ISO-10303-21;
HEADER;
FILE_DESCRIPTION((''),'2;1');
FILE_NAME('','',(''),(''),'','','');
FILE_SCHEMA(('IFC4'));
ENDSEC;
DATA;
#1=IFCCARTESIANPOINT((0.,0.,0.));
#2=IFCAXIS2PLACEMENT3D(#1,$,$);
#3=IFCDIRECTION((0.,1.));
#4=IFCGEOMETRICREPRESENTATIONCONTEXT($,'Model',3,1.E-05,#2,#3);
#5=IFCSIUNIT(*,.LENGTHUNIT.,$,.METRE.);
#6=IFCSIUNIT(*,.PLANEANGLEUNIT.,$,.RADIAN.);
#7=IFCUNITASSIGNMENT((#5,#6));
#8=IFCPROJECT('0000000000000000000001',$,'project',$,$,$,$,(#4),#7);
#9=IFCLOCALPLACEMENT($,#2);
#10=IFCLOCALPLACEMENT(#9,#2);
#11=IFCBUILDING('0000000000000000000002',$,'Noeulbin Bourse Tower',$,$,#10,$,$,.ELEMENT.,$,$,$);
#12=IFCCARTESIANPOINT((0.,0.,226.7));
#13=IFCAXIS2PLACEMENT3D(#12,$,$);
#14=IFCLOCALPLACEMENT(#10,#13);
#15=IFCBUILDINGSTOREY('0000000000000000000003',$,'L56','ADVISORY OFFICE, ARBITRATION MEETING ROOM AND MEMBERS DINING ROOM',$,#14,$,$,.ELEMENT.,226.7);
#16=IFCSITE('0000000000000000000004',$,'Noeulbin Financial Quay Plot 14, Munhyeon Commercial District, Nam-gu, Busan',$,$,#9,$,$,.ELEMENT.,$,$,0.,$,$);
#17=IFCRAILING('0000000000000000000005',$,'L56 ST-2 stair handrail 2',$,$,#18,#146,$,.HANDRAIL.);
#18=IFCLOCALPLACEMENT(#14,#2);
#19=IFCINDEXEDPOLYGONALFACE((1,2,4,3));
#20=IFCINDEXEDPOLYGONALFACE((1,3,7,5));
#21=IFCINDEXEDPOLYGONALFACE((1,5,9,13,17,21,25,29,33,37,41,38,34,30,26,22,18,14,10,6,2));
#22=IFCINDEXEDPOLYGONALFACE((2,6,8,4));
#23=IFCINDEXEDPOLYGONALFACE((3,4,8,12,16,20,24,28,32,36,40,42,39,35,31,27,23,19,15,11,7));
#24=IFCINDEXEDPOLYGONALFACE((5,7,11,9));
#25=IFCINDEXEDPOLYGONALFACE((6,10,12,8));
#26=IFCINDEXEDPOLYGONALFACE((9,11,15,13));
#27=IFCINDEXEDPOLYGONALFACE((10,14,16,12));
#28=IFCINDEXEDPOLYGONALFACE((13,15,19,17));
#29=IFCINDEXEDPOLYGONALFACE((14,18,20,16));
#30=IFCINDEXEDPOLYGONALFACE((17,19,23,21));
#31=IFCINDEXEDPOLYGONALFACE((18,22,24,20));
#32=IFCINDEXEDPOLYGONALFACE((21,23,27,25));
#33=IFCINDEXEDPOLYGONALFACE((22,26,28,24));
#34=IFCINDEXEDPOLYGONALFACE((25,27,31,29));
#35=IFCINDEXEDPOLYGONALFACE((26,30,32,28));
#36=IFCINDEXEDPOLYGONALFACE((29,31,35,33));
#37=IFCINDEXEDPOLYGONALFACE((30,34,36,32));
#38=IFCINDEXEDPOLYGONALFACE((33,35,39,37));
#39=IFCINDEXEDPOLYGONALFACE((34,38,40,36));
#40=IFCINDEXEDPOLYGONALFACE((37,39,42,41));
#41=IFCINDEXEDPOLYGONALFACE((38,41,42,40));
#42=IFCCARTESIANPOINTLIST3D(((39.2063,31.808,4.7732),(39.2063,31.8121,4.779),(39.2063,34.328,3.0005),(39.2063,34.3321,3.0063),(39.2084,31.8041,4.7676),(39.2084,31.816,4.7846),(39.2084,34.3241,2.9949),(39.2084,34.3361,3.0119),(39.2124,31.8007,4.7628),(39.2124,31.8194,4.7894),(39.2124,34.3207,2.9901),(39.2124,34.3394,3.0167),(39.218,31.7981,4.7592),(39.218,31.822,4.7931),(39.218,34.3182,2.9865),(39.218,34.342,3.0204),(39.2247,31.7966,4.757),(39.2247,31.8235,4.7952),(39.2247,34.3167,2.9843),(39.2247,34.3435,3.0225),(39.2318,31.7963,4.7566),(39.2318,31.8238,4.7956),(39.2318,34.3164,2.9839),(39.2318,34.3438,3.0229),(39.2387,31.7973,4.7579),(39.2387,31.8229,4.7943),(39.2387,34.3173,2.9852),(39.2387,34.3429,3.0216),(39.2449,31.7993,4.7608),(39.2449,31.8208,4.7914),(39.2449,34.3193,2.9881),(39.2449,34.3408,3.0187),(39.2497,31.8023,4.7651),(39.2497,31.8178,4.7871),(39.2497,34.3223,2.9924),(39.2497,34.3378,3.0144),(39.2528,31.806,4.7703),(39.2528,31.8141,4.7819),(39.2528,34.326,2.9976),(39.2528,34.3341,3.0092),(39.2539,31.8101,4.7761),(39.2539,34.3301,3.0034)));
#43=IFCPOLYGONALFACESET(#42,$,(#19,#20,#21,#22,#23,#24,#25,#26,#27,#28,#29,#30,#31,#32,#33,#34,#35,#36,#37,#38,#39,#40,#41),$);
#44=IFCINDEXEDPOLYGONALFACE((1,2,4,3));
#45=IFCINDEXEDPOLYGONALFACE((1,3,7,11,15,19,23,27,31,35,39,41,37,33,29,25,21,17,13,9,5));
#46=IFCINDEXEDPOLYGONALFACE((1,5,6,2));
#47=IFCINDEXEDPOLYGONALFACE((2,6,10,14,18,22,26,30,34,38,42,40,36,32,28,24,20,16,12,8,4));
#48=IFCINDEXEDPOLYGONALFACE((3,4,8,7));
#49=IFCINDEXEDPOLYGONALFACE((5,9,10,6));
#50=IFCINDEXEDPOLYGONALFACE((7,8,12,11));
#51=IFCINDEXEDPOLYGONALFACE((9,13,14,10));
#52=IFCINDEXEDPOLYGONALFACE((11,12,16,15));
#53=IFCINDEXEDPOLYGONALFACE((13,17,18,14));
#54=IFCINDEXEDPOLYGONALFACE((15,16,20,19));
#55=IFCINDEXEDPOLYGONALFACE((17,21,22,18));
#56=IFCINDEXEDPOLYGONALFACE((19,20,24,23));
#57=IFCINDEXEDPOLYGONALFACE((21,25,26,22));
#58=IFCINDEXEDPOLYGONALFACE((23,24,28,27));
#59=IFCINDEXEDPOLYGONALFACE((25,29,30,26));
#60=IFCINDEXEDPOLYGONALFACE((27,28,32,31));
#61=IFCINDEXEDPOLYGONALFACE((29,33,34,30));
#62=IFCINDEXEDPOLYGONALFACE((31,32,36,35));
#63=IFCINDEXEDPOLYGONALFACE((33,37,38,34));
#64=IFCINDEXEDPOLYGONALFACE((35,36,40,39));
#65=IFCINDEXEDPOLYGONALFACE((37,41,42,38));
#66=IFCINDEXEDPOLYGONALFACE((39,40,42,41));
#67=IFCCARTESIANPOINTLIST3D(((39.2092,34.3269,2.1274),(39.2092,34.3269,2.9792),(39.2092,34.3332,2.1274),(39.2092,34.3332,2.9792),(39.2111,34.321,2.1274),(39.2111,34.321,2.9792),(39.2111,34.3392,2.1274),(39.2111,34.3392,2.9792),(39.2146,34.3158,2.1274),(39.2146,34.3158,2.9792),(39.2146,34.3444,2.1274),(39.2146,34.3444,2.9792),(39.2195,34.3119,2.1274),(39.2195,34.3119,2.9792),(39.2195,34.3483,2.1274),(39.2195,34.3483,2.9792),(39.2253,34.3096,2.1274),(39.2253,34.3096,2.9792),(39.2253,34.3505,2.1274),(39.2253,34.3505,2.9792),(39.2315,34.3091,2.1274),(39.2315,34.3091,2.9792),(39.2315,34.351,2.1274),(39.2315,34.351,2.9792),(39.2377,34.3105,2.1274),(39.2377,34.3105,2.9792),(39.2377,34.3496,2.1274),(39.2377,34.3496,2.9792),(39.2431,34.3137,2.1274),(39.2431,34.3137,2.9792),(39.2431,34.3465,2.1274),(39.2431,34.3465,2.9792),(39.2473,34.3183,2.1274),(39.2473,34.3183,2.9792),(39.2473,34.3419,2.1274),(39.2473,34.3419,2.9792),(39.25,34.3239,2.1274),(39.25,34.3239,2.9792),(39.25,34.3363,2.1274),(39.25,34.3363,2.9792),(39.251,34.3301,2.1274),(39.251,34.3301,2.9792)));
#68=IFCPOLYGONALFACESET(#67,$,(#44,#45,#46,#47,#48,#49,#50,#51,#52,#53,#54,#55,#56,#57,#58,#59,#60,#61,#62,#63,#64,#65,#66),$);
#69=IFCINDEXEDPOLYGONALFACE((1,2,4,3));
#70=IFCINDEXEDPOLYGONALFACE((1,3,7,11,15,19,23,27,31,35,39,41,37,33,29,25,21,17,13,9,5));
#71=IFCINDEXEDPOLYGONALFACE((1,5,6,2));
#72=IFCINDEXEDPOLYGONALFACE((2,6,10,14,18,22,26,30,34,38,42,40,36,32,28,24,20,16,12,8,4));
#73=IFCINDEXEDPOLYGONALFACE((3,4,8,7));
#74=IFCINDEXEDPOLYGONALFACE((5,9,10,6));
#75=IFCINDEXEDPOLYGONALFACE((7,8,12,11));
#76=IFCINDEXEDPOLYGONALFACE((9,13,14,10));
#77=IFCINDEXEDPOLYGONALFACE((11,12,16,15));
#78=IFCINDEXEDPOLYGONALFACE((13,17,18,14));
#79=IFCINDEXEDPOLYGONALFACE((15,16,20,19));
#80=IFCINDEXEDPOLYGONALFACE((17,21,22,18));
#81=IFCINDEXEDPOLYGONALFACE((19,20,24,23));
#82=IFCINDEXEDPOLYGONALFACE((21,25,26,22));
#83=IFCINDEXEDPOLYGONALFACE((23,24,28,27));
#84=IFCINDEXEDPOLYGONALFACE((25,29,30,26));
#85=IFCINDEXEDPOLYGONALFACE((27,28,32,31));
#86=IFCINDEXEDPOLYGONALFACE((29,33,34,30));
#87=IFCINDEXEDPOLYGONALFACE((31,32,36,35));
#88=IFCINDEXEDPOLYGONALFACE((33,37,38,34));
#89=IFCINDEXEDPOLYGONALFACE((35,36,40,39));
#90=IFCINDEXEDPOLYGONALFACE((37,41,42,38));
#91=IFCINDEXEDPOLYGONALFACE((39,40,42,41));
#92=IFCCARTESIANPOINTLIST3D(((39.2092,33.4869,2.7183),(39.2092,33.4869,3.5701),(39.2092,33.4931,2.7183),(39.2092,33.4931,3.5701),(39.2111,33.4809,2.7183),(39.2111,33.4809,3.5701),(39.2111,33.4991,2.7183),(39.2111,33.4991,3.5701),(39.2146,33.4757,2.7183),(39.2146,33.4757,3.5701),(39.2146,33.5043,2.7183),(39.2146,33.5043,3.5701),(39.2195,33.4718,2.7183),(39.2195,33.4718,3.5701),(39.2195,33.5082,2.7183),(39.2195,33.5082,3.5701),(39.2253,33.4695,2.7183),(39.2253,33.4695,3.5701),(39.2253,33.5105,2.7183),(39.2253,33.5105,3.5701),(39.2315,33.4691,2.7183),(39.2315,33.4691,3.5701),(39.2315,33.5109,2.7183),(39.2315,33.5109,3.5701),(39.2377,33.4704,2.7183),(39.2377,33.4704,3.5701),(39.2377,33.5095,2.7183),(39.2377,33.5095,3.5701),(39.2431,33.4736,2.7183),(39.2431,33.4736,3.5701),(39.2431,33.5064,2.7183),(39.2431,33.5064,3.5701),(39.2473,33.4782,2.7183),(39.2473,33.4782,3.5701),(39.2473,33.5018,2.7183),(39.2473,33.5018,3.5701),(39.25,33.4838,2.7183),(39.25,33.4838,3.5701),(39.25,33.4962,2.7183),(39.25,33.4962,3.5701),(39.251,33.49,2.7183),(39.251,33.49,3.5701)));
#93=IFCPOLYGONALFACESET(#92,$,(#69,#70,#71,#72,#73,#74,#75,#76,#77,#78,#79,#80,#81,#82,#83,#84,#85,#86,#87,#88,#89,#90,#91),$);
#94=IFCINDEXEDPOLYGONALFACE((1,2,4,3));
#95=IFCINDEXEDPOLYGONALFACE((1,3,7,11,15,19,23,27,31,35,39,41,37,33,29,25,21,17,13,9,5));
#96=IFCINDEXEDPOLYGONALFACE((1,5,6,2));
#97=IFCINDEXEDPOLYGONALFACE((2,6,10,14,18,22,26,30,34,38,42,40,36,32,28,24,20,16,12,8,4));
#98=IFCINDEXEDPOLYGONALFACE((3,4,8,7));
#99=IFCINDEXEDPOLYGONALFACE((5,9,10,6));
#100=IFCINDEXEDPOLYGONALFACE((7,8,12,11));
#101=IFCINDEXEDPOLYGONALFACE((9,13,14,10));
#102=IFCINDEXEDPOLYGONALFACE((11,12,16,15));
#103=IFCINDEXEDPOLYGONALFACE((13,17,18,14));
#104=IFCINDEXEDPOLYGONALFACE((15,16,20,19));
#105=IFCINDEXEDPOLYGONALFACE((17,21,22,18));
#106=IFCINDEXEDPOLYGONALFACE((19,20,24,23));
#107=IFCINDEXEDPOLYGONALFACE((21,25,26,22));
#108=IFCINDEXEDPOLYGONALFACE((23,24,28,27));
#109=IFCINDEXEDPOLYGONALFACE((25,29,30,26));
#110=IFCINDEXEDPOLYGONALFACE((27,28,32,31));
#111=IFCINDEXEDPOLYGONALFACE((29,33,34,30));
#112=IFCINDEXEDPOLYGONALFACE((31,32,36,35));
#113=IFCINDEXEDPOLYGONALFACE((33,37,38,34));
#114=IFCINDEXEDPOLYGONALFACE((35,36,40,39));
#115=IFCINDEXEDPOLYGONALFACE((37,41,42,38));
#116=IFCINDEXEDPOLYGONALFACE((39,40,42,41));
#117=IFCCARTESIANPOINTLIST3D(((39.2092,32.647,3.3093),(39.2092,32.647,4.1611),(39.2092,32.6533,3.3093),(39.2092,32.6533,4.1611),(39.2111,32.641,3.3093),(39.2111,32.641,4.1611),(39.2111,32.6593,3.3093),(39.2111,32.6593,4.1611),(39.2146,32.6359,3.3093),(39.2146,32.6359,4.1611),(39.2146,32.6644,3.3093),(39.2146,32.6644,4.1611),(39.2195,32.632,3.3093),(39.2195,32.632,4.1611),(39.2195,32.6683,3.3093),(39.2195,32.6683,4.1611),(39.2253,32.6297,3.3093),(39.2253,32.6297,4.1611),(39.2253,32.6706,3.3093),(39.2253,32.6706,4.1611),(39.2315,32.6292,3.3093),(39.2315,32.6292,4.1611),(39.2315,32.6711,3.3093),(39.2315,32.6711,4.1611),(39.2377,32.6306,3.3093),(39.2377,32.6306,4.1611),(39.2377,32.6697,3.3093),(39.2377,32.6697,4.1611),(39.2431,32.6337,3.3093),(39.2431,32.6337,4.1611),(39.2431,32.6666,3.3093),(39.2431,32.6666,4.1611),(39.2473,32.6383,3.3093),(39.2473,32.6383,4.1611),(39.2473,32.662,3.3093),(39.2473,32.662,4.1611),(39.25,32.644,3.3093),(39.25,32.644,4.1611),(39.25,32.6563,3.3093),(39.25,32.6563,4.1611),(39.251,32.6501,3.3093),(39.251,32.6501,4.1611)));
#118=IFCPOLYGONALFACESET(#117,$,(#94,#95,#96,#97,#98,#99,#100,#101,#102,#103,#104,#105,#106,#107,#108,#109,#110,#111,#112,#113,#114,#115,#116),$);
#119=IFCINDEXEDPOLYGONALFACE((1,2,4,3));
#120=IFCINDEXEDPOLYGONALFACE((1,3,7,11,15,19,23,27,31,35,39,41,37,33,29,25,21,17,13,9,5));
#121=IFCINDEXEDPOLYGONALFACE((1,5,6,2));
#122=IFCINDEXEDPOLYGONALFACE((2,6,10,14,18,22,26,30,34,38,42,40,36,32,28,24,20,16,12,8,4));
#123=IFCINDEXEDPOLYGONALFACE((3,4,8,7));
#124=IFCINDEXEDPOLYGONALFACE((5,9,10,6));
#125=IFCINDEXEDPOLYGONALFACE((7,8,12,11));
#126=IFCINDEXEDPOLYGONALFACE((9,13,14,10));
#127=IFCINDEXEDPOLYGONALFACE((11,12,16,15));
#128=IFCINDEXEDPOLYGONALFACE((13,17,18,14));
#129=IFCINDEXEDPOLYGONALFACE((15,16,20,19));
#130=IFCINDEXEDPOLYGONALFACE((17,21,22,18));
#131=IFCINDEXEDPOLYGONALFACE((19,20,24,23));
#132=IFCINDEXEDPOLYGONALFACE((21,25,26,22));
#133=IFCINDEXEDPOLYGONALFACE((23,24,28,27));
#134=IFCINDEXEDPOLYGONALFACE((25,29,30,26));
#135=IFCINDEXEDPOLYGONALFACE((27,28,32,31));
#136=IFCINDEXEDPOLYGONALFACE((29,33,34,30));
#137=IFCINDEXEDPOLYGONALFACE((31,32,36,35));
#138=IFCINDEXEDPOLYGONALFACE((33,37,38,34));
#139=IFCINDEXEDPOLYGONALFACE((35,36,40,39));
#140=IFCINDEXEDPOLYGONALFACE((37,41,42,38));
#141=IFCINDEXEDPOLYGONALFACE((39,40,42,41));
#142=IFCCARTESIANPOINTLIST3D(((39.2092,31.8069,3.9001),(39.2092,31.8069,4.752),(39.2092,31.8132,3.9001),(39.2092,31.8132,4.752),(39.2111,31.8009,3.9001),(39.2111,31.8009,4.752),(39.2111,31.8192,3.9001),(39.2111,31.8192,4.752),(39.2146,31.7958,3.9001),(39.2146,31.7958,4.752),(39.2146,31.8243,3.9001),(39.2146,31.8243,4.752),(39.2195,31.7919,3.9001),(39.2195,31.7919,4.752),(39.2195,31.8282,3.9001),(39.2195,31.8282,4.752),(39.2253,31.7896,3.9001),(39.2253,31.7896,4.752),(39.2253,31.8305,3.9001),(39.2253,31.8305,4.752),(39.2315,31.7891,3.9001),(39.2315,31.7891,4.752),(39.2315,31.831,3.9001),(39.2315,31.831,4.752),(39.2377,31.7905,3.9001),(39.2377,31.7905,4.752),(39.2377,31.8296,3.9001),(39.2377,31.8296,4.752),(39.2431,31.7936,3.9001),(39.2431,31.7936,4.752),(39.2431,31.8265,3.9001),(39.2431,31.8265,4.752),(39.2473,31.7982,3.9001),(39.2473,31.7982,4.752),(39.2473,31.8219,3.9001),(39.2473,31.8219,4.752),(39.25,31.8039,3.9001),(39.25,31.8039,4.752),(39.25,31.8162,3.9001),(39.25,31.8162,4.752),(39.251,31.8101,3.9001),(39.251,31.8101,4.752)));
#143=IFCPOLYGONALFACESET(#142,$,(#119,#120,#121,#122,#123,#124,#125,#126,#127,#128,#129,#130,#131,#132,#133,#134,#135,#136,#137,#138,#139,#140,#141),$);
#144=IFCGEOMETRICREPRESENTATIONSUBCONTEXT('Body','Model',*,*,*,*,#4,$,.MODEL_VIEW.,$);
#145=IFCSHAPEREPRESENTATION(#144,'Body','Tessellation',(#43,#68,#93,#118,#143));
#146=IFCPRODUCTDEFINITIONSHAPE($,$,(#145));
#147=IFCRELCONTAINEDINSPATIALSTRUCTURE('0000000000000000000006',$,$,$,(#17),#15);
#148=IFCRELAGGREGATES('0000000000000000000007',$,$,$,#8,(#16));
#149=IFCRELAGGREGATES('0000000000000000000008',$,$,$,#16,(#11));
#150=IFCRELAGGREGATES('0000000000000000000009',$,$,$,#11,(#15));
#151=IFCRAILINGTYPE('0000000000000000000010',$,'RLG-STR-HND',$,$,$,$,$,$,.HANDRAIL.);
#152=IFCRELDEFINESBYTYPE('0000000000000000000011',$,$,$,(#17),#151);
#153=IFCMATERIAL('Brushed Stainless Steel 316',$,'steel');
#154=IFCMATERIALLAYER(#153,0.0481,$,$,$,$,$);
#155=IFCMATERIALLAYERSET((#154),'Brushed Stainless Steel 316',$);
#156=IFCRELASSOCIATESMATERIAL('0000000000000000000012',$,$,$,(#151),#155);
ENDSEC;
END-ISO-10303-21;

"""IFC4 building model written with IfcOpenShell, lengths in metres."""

from ifc_helpers import new_model, si_unit, direction, frame, origin, origin_2d, place, context, subcontext, project, spatial, circle, extrude, material, layer, layer_set, type_object, element, save


model = new_model("IFC4")

# Units and contexts
model_context = context("Model", 3, precision=1e-05, world=origin(), true_north=direction((0.0, 1.0)))
body_context = subcontext(model_context, "Body", "Model", "MODEL_VIEW")
ifc_project = project(units=[si_unit("LENGTHUNIT", "METRE"), si_unit("PLANEANGLEUNIT", "RADIAN")], contexts=[model_context])

# Site, building, storey
site_placement = place(None, origin())
site = spatial("IfcSite", under=ifc_project, at=site_placement, Name="Noeulbin Financial Quay Plot 14, Munhyeon Commercial District, Nam-gu, Busan", CompositionType="ELEMENT", RefElevation=0.0)
building_placement = place(site_placement, origin())
building = spatial("IfcBuilding", under=site, at=building_placement, Name="Noeulbin Bourse Tower", CompositionType="ELEMENT")
storey_placement = place(building_placement, frame((0.0, 0.0, 226.7)))
storey = spatial("IfcBuildingStorey", under=building, at=storey_placement, Name="L56", Description="ADVISORY OFFICE, ARBITRATION MEETING ROOM AND MEMBERS DINING ROOM", CompositionType="ELEMENT", Elevation=226.7)

# Shared definitions
ifc_material_1 = material(Name="Brushed Stainless Steel 316", Category="steel")

# Railing
ifc_layer_1 = layer(ifc_material_1, 0.0481)
ifc_layer_set_1 = layer_set([ifc_layer_1], Name="Brushed Stainless Steel 316")
railing_type_1 = type_object("IfcRailingType", Name="RLG-STR-HND", PredefinedType="HANDRAIL", material=ifc_layer_set_1)
railing_1_placement = place(storey_placement, frame((39.23, 34.3301, 2.1274)))
element("IfcRailing", 1, at=railing_1_placement, inside=storey, type_object=railing_type_1, Name="L56 ST-2 stair handrail 2", PredefinedType="HANDRAIL", context=body_context, shape_type="SweptSolid", body=[
    extrude(circle(Radius=0.0239, at=origin_2d()), frame((0.0, 0.0, 0.876), z_axis=(0.0, -0.817904, 0.575354), x_axis=(1.0, 0.0, 0.0)), (0.0, 0.0, 1.0), 3.0811),
    extrude(circle(Radius=0.021, at=origin_2d()), origin(), (0.0, 0.0, 1.0), 0.8518),
    extrude(circle(Radius=0.021, at=origin_2d()), frame((0.0, -0.8401, 0.5908)), (0.0, 0.0, 1.0), 0.8518),
    extrude(circle(Radius=0.021, at=origin_2d()), frame((0.0, -1.6799, 1.1819)), (0.0, 0.0, 1.0), 0.8518),
    extrude(circle(Radius=0.021, at=origin_2d()), frame((0.0, -2.52, 1.7727)), (0.0, 0.0, 1.0), 0.8518),
])

save(model, "model.ifc")
